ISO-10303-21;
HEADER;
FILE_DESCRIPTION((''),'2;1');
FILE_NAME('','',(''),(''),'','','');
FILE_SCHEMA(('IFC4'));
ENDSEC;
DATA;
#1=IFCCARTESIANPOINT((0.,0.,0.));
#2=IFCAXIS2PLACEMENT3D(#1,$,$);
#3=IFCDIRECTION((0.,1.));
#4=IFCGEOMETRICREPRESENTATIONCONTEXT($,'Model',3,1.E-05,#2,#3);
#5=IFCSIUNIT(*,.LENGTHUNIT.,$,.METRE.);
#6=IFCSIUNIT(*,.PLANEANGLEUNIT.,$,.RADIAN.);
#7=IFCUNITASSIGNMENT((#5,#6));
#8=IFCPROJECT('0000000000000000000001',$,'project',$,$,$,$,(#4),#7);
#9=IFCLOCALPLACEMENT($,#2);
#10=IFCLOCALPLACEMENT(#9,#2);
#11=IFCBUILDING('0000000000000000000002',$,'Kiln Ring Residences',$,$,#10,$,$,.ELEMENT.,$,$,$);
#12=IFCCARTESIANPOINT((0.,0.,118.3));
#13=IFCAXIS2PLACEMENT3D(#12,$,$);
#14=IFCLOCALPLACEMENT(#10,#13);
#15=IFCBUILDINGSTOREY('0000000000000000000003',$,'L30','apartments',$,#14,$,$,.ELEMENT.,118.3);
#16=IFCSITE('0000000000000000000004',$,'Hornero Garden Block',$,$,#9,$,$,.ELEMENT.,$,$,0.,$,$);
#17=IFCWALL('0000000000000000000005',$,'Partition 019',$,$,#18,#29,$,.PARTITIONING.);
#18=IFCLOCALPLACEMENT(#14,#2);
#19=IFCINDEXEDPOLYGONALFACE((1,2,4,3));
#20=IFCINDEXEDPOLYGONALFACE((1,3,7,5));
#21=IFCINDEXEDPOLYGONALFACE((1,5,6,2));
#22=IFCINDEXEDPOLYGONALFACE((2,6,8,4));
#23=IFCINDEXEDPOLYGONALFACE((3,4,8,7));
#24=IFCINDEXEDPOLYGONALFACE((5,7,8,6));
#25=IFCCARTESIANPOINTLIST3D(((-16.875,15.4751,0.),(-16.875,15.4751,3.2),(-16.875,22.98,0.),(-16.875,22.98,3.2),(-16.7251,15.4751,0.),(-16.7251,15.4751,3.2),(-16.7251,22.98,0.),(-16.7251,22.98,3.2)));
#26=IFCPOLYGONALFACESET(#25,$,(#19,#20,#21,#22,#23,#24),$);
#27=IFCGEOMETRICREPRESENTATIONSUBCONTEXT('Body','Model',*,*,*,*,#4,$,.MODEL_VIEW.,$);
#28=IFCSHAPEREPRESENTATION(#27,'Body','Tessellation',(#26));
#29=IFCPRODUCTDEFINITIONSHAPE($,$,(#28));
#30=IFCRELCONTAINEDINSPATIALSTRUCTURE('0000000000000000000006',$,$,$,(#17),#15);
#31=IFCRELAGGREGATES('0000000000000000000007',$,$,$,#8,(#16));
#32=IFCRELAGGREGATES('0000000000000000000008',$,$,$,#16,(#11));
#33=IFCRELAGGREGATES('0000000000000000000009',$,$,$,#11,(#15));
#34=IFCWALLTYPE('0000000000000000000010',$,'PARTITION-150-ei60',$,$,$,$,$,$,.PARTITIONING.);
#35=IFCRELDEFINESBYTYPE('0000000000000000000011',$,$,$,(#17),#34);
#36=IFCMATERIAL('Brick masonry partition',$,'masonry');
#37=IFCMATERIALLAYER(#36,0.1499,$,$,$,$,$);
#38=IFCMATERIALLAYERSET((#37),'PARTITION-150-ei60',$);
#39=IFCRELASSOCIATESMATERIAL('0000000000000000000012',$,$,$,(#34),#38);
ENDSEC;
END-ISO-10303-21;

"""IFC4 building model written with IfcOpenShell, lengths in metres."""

from ifc_helpers import new_model, si_unit, direction, frame, frame_2d, origin, place, context, subcontext, project, spatial, rectangle, extrude, material, layer, layer_set, type_object, element, save


model = new_model("IFC4")

# Units and contexts
model_context = context("Model", 3, precision=1e-05, world=origin(), true_north=direction((0.0, 1.0)))
body_context = subcontext(model_context, "Body", "Model", "MODEL_VIEW")
ifc_project = project(units=[si_unit("LENGTHUNIT", "METRE"), si_unit("PLANEANGLEUNIT", "RADIAN")], contexts=[model_context])

# Site, building, storey
site_placement = place(None, origin())
site = spatial("IfcSite", under=ifc_project, at=site_placement, Name="Hornero Garden Block", CompositionType="ELEMENT", RefElevation=0.0)
building_placement = place(site_placement, origin())
building = spatial("IfcBuilding", under=site, at=building_placement, Name="Kiln Ring Residences", CompositionType="ELEMENT")
storey_placement = place(building_placement, frame((0.0, 0.0, 118.3)))
storey = spatial("IfcBuildingStorey", under=building, at=storey_placement, Name="L30", Description="apartments", CompositionType="ELEMENT", Elevation=118.3)

# Wall
ifc_material_1 = material(Name="Brick masonry partition", Category="masonry")
ifc_layer_1 = layer(ifc_material_1, 0.1499)
ifc_layer_set_1 = layer_set([ifc_layer_1], Name="PARTITION-150-ei60")
wall_type_1 = type_object("IfcWallType", Name="PARTITION-150-ei60", PredefinedType="PARTITIONING", material=ifc_layer_set_1)
wall_1_placement = place(storey_placement, frame((-16.8, 15.4751, 0.0), z_axis=(0.0, 0.0, 1.0), x_axis=(0.0, 1.0, 0.0)))
element("IfcWall", 1, at=wall_1_placement, inside=storey, type_object=wall_type_1, Name="Partition 019", PredefinedType="PARTITIONING", context=body_context, shape_type="SweptSolid", body=[
    extrude(rectangle(XDim=7.5049, YDim=0.1499, at=frame_2d((3.7524, 0.0))), origin(), (0.0, 0.0, 1.0), 3.2),
])

save(model, "model.ifc")
